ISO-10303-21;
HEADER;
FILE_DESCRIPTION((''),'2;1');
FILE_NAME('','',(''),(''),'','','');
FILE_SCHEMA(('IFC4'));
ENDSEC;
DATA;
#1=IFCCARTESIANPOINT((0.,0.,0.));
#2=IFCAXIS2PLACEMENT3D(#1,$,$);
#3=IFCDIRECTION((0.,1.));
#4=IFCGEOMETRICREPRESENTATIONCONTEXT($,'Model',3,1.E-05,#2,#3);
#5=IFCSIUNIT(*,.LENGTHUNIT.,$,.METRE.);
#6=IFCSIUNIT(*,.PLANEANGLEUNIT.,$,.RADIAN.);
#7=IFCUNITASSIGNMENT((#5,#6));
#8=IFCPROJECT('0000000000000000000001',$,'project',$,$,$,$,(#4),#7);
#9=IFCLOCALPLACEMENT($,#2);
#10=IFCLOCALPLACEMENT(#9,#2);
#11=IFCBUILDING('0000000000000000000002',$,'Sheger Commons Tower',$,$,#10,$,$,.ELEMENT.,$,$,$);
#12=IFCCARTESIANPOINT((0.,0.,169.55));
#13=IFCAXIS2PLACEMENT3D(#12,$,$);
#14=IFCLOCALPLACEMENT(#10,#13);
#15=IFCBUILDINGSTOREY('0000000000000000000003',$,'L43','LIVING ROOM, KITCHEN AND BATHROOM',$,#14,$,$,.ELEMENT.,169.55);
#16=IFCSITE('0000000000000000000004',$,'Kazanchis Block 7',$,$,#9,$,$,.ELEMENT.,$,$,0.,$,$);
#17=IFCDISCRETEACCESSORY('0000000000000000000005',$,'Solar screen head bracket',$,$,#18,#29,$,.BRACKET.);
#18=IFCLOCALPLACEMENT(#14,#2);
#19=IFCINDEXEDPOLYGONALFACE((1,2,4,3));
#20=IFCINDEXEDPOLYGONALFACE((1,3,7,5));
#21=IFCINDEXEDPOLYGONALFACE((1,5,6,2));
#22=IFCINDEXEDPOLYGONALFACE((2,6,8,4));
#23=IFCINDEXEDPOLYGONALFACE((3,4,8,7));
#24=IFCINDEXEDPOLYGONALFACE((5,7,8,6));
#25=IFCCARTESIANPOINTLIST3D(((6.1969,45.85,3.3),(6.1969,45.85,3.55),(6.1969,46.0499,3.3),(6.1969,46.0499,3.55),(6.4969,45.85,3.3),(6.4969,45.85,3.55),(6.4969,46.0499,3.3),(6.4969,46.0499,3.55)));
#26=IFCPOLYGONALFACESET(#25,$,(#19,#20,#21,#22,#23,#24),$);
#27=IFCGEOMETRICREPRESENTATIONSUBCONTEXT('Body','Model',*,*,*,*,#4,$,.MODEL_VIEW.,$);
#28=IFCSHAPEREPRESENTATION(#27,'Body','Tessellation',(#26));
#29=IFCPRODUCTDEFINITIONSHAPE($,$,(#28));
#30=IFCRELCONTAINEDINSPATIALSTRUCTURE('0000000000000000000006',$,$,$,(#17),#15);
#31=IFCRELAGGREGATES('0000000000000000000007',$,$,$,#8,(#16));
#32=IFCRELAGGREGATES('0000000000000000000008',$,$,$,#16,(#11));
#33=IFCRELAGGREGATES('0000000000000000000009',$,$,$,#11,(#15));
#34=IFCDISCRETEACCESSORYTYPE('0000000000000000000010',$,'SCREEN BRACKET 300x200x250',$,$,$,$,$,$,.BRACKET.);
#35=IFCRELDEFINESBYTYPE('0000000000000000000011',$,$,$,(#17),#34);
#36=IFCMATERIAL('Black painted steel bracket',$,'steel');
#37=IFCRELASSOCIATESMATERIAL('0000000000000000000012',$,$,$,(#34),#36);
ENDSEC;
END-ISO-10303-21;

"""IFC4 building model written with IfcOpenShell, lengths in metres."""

from ifc_helpers import new_model, si_unit, direction, frame, origin, origin_2d, place, context, subcontext, project, spatial, rectangle, extrude, material, type_object, element, save


model = new_model("IFC4")

# Units and contexts
model_context = context("Model", 3, precision=1e-05, world=origin(), true_north=direction((0.0, 1.0)))
body_context = subcontext(model_context, "Body", "Model", "MODEL_VIEW")
ifc_project = project(units=[si_unit("LENGTHUNIT", "METRE"), si_unit("PLANEANGLEUNIT", "RADIAN")], contexts=[model_context])

# Site, building, storey
site_placement = place(None, origin())
site = spatial("IfcSite", under=ifc_project, at=site_placement, Name="Kazanchis Block 7", CompositionType="ELEMENT", RefElevation=0.0)
building_placement = place(site_placement, origin())
building = spatial("IfcBuilding", under=site, at=building_placement, Name="Sheger Commons Tower", CompositionType="ELEMENT")
storey_placement = place(building_placement, frame((0.0, 0.0, 169.55)))
storey = spatial("IfcBuildingStorey", under=building, at=storey_placement, Name="L43", Description="LIVING ROOM, KITCHEN AND BATHROOM", CompositionType="ELEMENT", Elevation=169.55)

# Discrete accessory
ifc_material_1 = material(Name="Black painted steel bracket", Category="steel")
discrete_accessory_type = type_object("IfcDiscreteAccessoryType", Name="SCREEN BRACKET 300x200x250", PredefinedType="BRACKET", material=ifc_material_1)
for number, where, z_axis, x_axis, name in (
    (1, (6.3469, 45.95, 3.3), (0.0, 0.0, 1.0), (-1.0, 0.0, 0.0), "Solar screen head bracket"),
):
    element("IfcDiscreteAccessory", number, at=place(storey_placement, frame(where, z_axis=z_axis, x_axis=x_axis)), inside=storey, type_object=discrete_accessory_type, Name=name, PredefinedType="BRACKET", context=body_context, shape_type="SweptSolid", body=[
        extrude(rectangle(XDim=0.3, YDim=0.2, at=origin_2d()), origin(), (0.0, 0.0, 1.0), 0.25),
    ])

save(model, "model.ifc")
